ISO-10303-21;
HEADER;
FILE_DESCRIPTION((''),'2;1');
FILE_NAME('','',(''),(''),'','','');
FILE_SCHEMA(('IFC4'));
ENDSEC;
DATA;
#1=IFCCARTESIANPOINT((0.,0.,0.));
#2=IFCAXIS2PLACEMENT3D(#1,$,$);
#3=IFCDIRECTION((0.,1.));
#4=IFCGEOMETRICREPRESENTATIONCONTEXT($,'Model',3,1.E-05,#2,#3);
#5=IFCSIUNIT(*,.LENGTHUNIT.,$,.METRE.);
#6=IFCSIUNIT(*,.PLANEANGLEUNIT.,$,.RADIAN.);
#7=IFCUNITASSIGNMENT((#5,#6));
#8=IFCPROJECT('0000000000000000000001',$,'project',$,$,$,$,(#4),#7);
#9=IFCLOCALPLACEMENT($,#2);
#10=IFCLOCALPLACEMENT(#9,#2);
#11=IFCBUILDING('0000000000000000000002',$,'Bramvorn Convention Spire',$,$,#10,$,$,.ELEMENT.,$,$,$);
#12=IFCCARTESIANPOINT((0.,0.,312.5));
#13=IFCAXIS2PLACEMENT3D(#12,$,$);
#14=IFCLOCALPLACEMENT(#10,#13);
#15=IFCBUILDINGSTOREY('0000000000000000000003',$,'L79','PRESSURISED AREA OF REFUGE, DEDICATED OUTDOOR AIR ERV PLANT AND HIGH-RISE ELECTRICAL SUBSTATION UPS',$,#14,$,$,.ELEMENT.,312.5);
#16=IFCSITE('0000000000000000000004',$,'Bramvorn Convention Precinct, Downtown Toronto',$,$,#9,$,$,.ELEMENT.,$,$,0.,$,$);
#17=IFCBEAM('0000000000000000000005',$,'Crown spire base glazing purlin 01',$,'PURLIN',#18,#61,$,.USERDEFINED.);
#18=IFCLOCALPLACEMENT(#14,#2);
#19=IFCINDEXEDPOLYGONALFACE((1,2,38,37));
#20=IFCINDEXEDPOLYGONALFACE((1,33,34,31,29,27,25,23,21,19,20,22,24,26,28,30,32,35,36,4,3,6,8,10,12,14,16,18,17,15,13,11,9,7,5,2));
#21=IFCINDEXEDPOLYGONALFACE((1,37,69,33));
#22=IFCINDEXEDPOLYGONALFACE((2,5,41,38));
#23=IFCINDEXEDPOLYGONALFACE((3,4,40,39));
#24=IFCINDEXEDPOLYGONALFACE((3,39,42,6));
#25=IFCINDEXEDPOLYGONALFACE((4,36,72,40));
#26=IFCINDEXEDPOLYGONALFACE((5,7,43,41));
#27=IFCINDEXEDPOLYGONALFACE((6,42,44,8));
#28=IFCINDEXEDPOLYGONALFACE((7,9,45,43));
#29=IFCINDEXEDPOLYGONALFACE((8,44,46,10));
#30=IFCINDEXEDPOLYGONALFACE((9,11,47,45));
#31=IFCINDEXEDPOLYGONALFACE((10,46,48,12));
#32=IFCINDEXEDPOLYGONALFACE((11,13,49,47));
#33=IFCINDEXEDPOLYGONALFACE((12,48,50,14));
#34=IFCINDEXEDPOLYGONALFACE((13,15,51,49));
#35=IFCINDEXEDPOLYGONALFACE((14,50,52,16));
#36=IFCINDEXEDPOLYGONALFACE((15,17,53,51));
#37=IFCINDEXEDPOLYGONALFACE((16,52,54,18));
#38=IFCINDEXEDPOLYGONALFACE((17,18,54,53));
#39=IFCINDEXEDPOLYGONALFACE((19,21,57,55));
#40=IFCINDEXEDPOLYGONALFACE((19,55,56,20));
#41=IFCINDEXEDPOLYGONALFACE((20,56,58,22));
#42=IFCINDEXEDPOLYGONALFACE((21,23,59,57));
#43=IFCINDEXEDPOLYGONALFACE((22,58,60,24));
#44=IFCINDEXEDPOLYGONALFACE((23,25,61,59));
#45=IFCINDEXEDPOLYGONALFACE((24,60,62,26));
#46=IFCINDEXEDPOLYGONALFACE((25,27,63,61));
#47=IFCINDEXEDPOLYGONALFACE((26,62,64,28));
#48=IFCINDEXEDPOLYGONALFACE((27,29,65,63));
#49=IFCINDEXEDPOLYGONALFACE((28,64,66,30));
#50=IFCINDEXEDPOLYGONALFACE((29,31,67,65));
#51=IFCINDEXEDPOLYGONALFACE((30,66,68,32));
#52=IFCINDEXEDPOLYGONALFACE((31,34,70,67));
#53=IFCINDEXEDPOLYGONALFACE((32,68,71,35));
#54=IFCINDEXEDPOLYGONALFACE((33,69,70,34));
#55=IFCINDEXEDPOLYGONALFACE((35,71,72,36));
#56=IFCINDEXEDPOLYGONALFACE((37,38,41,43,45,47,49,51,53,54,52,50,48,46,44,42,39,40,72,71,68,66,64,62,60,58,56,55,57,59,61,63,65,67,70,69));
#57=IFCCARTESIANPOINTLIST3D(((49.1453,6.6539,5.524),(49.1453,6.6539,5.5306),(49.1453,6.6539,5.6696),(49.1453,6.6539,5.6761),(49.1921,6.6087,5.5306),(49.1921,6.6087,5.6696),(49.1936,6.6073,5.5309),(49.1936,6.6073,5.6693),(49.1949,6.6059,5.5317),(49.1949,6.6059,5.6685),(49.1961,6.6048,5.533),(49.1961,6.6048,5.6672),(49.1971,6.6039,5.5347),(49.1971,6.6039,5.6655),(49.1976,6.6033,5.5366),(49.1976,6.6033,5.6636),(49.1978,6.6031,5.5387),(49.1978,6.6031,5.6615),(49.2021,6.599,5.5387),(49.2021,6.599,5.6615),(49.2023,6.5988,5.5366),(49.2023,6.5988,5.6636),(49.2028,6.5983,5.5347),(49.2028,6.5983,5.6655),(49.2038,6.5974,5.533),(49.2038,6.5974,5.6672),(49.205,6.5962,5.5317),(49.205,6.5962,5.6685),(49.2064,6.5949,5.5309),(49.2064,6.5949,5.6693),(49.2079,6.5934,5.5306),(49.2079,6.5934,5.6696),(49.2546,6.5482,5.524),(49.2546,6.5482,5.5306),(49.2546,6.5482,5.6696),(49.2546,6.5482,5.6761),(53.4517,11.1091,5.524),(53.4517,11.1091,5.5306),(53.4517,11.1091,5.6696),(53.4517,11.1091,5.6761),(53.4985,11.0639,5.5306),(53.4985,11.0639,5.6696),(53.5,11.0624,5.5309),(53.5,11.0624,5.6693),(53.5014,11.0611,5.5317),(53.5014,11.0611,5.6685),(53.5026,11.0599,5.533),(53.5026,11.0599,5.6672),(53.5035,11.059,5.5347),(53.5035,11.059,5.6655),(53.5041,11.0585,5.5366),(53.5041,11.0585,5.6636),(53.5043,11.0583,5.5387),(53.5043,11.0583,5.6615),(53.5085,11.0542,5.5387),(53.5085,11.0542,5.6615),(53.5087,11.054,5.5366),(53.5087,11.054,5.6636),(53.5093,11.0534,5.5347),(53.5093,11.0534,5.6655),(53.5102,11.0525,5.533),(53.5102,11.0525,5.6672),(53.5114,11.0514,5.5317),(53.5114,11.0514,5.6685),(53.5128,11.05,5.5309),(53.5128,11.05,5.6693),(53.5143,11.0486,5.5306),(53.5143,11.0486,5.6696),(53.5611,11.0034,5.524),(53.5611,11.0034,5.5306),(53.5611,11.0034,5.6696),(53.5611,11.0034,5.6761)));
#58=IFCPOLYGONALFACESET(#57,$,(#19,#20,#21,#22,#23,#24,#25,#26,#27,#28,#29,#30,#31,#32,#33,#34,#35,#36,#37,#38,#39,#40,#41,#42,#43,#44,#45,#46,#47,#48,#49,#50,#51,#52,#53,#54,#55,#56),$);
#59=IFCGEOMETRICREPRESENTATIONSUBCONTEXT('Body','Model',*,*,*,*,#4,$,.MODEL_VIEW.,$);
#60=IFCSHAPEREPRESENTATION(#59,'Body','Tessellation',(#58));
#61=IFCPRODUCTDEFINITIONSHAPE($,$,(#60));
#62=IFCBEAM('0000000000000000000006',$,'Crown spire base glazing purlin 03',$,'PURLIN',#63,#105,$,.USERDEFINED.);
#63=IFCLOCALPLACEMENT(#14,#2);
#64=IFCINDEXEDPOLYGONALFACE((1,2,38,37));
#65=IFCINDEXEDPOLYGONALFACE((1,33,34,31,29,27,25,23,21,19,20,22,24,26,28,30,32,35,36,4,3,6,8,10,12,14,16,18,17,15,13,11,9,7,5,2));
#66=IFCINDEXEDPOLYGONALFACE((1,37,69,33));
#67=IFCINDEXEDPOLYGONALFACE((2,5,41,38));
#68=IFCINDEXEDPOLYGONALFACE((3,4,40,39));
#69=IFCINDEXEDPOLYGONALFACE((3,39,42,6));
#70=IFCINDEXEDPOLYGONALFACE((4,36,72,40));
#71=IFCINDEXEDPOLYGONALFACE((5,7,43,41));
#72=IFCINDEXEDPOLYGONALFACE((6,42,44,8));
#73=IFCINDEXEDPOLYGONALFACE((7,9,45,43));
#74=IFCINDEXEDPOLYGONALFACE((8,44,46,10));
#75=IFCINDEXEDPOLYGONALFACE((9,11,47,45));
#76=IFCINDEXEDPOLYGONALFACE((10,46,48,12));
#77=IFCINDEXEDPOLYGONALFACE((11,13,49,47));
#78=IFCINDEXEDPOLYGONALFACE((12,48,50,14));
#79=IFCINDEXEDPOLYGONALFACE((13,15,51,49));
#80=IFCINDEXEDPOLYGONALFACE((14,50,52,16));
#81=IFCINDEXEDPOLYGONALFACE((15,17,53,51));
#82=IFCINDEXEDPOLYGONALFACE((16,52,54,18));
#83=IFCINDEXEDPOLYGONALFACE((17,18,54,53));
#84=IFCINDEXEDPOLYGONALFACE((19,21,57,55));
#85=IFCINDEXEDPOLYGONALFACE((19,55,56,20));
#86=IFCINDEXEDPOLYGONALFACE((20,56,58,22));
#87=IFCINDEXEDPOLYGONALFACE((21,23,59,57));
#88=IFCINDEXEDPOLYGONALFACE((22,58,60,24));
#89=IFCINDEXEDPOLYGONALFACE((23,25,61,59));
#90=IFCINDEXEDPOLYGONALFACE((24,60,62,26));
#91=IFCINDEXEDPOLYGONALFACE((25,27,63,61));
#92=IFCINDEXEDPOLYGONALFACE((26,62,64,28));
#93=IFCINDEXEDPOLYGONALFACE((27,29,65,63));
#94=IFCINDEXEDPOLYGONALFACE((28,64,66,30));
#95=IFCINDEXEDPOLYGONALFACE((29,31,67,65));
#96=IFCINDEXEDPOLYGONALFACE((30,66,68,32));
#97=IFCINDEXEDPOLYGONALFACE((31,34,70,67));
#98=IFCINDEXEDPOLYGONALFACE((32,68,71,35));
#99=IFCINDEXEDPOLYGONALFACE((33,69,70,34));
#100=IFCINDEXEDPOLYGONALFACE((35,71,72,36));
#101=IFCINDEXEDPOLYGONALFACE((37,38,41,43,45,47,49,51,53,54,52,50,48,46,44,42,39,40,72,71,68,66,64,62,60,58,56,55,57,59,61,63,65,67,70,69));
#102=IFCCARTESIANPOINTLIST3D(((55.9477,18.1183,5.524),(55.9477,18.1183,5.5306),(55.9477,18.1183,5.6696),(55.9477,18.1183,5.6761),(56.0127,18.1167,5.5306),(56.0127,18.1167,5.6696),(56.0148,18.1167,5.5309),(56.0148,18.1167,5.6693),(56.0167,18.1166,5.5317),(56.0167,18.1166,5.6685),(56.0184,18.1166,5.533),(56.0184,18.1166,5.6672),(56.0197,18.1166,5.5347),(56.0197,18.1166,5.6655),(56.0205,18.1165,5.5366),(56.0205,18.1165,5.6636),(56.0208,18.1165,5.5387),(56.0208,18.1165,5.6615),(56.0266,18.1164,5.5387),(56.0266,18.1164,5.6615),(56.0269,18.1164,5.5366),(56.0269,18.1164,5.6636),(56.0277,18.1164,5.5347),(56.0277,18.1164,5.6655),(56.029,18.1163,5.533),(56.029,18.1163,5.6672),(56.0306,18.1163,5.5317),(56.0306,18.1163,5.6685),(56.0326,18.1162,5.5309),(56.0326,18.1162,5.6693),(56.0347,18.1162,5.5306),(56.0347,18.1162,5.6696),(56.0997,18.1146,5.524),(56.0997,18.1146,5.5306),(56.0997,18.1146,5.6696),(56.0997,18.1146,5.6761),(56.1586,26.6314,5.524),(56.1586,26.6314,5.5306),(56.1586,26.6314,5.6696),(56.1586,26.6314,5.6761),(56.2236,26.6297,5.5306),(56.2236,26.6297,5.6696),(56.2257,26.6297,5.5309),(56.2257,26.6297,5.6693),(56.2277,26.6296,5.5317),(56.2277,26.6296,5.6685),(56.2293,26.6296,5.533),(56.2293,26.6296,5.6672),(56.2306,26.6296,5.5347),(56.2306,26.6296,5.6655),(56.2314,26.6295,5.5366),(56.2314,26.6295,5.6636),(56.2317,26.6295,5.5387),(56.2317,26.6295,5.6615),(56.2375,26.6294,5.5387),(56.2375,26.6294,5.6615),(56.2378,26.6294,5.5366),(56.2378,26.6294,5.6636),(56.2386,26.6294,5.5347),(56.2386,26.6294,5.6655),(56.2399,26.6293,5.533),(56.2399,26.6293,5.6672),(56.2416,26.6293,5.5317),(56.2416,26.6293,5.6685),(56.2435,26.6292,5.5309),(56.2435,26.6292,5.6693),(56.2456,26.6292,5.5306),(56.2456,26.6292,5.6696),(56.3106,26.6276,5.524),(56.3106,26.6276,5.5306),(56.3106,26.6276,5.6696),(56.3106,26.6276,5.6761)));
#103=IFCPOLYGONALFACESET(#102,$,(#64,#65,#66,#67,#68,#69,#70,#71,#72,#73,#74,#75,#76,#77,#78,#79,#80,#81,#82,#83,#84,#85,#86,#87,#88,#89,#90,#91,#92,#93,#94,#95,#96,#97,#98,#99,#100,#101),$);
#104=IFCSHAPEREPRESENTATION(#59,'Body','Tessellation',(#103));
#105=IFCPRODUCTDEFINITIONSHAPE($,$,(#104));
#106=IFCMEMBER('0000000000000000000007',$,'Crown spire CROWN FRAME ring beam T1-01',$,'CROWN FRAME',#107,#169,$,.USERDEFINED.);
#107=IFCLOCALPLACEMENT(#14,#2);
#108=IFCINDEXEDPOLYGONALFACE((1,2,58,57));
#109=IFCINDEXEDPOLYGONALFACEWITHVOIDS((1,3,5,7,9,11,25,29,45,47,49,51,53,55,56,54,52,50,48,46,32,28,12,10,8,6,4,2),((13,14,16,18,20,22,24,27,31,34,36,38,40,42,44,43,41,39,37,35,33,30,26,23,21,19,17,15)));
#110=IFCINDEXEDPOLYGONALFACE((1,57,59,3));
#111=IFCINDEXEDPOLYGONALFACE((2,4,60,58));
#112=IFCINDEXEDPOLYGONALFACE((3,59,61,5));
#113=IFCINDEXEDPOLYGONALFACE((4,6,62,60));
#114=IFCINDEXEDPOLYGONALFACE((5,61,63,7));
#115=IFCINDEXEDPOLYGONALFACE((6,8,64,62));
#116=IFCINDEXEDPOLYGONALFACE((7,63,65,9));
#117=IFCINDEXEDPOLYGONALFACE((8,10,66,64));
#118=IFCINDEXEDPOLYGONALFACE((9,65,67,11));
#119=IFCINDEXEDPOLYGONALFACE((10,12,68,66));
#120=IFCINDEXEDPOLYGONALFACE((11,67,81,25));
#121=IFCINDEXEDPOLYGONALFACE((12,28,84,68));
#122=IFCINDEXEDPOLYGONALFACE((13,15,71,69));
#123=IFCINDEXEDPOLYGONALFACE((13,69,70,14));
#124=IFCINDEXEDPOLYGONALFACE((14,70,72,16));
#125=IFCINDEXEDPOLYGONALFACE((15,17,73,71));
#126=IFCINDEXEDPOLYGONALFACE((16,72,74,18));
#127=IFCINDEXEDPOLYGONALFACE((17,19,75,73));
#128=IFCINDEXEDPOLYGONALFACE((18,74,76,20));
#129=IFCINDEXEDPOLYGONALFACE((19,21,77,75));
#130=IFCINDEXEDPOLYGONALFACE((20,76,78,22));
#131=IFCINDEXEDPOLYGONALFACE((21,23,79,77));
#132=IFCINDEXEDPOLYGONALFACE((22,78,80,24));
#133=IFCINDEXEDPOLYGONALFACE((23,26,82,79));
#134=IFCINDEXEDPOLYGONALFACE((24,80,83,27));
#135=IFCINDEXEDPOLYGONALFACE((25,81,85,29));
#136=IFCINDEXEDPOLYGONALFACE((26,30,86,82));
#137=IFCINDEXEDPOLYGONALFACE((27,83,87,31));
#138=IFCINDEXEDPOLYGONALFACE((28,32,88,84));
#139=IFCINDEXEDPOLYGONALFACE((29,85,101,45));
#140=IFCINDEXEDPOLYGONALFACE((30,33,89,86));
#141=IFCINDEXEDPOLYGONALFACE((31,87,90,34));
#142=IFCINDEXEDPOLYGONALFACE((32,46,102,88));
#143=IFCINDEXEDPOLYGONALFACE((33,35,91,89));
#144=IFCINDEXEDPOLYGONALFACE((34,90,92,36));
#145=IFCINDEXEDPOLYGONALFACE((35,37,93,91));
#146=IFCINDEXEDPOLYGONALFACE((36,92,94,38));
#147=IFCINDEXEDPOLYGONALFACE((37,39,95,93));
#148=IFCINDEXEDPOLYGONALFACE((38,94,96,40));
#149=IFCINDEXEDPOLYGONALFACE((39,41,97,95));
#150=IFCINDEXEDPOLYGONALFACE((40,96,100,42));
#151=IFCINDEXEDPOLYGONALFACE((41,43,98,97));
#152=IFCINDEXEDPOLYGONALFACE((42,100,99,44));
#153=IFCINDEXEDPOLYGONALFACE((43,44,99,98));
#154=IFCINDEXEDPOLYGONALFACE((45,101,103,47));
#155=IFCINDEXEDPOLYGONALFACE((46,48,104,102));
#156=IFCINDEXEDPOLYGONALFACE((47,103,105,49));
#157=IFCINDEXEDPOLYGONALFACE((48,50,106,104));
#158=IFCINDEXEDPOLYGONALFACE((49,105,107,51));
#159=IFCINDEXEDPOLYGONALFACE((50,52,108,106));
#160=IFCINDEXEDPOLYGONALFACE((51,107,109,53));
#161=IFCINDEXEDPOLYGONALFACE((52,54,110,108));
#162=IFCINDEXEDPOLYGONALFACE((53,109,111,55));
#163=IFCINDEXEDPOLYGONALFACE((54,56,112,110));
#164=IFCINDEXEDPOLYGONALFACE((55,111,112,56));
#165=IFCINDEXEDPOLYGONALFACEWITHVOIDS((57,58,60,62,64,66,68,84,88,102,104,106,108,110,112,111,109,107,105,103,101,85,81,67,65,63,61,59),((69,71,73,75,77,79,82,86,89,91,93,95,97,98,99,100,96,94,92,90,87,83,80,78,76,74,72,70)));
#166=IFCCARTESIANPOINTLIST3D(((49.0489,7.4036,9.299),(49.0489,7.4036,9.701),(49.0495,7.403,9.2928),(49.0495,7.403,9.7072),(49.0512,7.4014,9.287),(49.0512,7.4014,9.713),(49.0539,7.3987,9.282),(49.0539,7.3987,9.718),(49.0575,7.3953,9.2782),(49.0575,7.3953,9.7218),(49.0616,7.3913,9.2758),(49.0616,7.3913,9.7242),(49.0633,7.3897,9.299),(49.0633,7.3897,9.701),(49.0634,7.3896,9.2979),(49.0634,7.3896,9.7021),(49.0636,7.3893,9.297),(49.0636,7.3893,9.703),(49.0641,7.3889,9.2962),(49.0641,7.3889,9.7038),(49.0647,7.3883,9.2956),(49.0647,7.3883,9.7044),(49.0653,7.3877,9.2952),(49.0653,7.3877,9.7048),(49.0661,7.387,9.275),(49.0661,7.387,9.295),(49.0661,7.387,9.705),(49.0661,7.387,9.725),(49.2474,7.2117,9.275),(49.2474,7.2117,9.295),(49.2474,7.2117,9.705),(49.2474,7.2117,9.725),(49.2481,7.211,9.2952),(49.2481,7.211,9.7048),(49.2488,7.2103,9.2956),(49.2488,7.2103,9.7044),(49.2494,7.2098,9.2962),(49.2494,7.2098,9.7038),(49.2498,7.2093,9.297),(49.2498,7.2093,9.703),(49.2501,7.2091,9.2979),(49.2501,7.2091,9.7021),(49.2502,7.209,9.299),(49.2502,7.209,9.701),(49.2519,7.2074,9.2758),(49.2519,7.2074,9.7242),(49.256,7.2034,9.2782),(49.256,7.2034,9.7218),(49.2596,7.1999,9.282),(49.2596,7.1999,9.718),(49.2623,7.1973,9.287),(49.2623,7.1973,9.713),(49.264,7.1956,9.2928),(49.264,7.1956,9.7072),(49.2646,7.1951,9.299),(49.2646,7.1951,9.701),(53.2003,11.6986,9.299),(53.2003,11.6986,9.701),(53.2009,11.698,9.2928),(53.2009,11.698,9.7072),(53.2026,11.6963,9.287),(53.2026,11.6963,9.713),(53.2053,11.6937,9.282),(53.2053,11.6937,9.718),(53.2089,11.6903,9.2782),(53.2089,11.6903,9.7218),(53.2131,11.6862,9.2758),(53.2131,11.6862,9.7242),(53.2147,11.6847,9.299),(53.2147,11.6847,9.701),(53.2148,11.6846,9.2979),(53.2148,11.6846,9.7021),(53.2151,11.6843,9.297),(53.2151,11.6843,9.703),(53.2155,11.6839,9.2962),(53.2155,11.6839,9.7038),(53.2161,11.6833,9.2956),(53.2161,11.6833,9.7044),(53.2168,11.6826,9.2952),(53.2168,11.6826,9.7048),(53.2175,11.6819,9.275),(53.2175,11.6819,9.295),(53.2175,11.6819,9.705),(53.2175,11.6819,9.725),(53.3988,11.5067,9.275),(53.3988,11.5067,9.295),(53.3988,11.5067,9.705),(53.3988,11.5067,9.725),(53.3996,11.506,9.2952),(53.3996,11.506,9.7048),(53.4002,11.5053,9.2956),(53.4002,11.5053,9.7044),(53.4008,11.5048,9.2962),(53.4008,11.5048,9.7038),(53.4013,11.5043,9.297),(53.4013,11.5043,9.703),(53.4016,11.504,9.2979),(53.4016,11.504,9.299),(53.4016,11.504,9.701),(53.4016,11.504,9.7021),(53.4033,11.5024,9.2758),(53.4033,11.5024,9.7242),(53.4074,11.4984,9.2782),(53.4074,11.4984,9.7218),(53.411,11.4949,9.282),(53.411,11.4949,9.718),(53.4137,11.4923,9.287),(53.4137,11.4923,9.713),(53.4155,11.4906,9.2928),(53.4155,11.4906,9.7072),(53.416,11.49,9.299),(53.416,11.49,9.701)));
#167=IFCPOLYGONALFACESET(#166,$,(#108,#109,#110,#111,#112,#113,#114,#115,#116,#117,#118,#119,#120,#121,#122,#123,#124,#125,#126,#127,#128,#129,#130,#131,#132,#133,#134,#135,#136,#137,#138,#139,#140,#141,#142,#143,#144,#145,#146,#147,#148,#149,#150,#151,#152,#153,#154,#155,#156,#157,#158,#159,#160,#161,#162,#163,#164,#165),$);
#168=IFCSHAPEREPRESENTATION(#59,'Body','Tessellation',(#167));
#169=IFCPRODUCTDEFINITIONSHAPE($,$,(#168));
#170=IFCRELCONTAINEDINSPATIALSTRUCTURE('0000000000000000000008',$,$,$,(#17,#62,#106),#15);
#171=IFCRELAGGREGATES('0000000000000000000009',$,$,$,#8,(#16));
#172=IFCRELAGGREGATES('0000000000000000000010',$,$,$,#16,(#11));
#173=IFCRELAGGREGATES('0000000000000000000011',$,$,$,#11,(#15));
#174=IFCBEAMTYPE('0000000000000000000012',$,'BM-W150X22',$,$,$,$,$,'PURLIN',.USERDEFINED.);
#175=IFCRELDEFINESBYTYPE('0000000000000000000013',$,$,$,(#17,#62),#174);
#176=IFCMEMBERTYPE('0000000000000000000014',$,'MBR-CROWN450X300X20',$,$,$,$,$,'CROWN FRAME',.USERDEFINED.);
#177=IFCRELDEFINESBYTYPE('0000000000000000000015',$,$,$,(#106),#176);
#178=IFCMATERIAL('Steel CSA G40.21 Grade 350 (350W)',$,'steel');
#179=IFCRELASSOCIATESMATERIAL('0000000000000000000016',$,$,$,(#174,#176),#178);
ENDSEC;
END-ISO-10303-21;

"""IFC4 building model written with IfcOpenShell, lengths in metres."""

from ifc_helpers import new_model, si_unit, direction, frame, origin, origin_2d, place, context, subcontext, project, spatial, hollow_rectangle, i_section, extrude, material, material_profile, profile_set, type_object, element, save


model = new_model("IFC4")

# Units and contexts
model_context = context("Model", 3, precision=1e-05, world=origin(), true_north=direction((0.0, 1.0)))
body_context = subcontext(model_context, "Body", "Model", "MODEL_VIEW")
ifc_project = project(units=[si_unit("LENGTHUNIT", "METRE"), si_unit("PLANEANGLEUNIT", "RADIAN")], contexts=[model_context])

# Site, building, storey
site_placement = place(None, origin())
site = spatial("IfcSite", under=ifc_project, at=site_placement, Name="Bramvorn Convention Precinct, Downtown Toronto", CompositionType="ELEMENT", RefElevation=0.0)
building_placement = place(site_placement, origin())
building = spatial("IfcBuilding", under=site, at=building_placement, Name="Bramvorn Convention Spire", CompositionType="ELEMENT")
storey_placement = place(building_placement, frame((0.0, 0.0, 312.5)))
storey = spatial("IfcBuildingStorey", under=building, at=storey_placement, Name="L79", Description="PRESSURISED AREA OF REFUGE, DEDICATED OUTDOOR AIR ERV PLANT AND HIGH-RISE ELECTRICAL SUBSTATION UPS", CompositionType="ELEMENT", Elevation=312.5)

# Beams
ifc_material_1 = material(Name="Steel CSA G40.21 Grade 350 (350W)", Category="steel")
ifc_material_profile_1 = material_profile(ifc_material_1, i_section(OverallWidth=0.1521, OverallDepth=0.1521, WebThickness=0.0059, FlangeThickness=0.0066, FilletRadius=0.0081, at=origin_2d()))
ifc_profile_set_1 = profile_set([ifc_material_profile_1], Name="Steel CSA G40.21 Grade 350 (350W) - W150X22")
beam_type = type_object("IfcBeamType", Name="BM-W150X22", ElementType="PURLIN", PredefinedType="USERDEFINED", material=ifc_profile_set_1)
beam_1_placement = place(storey_placement, frame((49.2, 6.6011, 5.6001), z_axis=(0.695007, 0.719003, 0.0), x_axis=(-0.719003, 0.695007, 0.0)))
element("IfcBeam", 1, at=beam_1_placement, inside=storey, type_object=beam_type, Name="Crown spire base glazing purlin 01", ObjectType="PURLIN", PredefinedType="USERDEFINED", context=body_context, shape_type="SweptSolid", body=[
    extrude(i_section(OverallWidth=0.1521, OverallDepth=0.1521, WebThickness=0.0059, FlangeThickness=0.0066, FilletRadius=0.0081, at=origin_2d()), origin(), (0.0, 0.0, 1.0), 6.1963),
])
beam_2_placement = place(storey_placement, frame((56.0237, 18.1165, 5.6001), z_axis=(0.024771, 0.999693, 0.0), x_axis=(-0.999693, 0.024771, 0.0)))
element("IfcBeam", 2, at=beam_2_placement, inside=storey, type_object=beam_type, Name="Crown spire base glazing purlin 03", ObjectType="PURLIN", PredefinedType="USERDEFINED", context=body_context, shape_type="SweptSolid", body=[
    extrude(i_section(OverallWidth=0.1521, OverallDepth=0.1521, WebThickness=0.0059, FlangeThickness=0.0066, FilletRadius=0.0081, at=origin_2d()), origin(), (0.0, 0.0, 1.0), 8.5156),
])

# Member
ifc_material_profile_2 = material_profile(ifc_material_1, hollow_rectangle(XDim=0.3, YDim=0.45, WallThickness=0.02, InnerFilletRadius=0.0039, OuterFilletRadius=0.0239, at=origin_2d()))
ifc_profile_set_2 = profile_set([ifc_material_profile_2], Name="Steel CSA G40.21 Grade 350 (350W) - CROWN450X300X20")
member_type = type_object("IfcMemberType", Name="MBR-CROWN450X300X20", ElementType="CROWN FRAME", PredefinedType="USERDEFINED", material=ifc_profile_set_2)
member_1_placement = place(storey_placement, frame((49.1567, 7.2993, 9.5), z_axis=(0.694988, 0.719021, 0.0), x_axis=(-0.719021, 0.694988, 0.0)))
element("IfcMember", 3, at=member_1_placement, inside=storey, type_object=member_type, Name="Crown spire CROWN FRAME ring beam T1-01", ObjectType="CROWN FRAME", PredefinedType="USERDEFINED", context=body_context, shape_type="SweptSolid", body=[
    extrude(hollow_rectangle(XDim=0.3, YDim=0.45, WallThickness=0.02, InnerFilletRadius=0.0039, OuterFilletRadius=0.0239, at=origin_2d()), origin(), (0.0, 0.0, 1.0), 5.9734),
])

save(model, "model.ifc")
